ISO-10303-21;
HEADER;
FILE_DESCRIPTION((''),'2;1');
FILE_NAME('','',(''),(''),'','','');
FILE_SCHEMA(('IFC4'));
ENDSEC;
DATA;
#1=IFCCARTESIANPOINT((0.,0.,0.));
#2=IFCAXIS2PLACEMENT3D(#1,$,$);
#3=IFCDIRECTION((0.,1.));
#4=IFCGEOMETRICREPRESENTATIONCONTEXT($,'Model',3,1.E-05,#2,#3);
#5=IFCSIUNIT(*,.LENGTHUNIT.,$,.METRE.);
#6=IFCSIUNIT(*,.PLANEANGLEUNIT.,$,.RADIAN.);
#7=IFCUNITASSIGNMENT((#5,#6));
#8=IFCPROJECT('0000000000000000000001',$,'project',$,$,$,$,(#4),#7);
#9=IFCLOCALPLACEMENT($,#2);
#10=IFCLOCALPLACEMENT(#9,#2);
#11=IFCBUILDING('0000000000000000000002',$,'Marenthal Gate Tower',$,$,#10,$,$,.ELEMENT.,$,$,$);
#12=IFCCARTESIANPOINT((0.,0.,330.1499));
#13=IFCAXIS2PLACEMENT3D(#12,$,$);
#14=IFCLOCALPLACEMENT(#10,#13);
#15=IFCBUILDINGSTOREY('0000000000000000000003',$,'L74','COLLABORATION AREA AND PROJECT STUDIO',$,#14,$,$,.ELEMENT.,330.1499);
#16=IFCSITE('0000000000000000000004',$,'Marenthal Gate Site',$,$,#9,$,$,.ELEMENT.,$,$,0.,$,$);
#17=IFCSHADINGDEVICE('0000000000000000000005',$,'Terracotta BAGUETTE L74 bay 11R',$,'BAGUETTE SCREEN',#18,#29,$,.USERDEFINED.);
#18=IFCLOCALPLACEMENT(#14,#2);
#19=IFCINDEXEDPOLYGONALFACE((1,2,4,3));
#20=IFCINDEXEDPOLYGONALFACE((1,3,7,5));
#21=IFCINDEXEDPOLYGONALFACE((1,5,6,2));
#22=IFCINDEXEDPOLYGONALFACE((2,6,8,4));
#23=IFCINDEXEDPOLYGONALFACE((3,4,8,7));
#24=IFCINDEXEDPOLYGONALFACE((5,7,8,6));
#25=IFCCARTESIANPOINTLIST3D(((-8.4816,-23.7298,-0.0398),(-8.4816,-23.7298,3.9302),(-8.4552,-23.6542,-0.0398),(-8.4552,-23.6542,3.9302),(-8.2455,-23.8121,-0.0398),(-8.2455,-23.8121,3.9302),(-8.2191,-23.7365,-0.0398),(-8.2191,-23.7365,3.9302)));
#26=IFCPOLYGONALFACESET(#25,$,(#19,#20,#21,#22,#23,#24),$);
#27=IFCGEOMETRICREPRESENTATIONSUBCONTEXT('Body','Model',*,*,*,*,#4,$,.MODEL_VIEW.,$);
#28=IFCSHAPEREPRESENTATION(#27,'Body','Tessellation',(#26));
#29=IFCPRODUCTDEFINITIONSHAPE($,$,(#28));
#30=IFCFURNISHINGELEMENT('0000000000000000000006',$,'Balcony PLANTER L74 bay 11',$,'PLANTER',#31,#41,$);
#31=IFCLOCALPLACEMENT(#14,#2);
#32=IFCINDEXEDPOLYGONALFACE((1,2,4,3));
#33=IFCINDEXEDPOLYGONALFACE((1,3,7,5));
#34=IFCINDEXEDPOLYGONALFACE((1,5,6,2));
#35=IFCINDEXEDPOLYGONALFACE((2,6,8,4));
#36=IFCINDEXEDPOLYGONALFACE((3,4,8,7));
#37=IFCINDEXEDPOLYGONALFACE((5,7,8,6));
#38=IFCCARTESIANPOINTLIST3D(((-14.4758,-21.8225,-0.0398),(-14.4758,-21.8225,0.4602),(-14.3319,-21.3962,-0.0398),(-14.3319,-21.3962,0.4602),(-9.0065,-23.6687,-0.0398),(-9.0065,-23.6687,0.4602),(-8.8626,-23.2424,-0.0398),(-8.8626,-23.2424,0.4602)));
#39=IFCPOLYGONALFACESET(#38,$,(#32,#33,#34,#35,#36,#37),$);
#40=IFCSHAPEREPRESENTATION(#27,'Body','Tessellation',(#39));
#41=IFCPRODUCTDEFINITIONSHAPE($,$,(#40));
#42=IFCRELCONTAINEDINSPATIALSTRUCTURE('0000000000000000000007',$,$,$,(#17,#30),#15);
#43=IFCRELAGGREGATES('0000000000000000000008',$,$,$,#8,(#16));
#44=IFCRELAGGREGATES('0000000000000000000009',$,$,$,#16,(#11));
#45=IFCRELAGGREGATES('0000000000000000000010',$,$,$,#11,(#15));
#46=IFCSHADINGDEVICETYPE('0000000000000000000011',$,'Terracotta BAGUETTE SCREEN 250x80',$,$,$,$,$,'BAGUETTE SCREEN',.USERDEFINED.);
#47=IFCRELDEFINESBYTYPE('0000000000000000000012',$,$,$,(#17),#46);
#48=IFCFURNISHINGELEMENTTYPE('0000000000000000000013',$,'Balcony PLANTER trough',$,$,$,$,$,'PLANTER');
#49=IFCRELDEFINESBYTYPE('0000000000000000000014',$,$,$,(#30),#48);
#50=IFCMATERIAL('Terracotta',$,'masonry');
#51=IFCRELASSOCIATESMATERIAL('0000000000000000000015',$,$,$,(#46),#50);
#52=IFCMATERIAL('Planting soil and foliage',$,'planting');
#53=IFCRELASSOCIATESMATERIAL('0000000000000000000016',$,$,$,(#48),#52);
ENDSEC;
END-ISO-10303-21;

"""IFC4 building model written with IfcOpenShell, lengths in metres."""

from ifc_helpers import new_model, si_unit, direction, frame, origin, origin_2d, place, context, subcontext, project, spatial, rectangle, extrude, material, material_profile, profile_set, type_object, element, save


model = new_model("IFC4")

# Units and contexts
model_context = context("Model", 3, precision=1e-05, world=origin(), true_north=direction((0.0, 1.0)))
body_context = subcontext(model_context, "Body", "Model", "MODEL_VIEW")
ifc_project = project(units=[si_unit("LENGTHUNIT", "METRE"), si_unit("PLANEANGLEUNIT", "RADIAN")], contexts=[model_context])

# Site, building, storey
site_placement = place(None, origin())
site = spatial("IfcSite", under=ifc_project, at=site_placement, Name="Marenthal Gate Site", CompositionType="ELEMENT", RefElevation=0.0)
building_placement = place(site_placement, origin())
building = spatial("IfcBuilding", under=site, at=building_placement, Name="Marenthal Gate Tower", CompositionType="ELEMENT")
storey_placement = place(building_placement, frame((0.0, 0.0, 330.1499)))
storey = spatial("IfcBuildingStorey", under=building, at=storey_placement, Name="L74", Description="COLLABORATION AREA AND PROJECT STUDIO", CompositionType="ELEMENT", Elevation=330.1499)

# Shading device
ifc_material_1 = material(Name="Terracotta", Category="masonry")
ifc_material_profile_1 = material_profile(ifc_material_1, rectangle(XDim=0.25, YDim=0.0801, at=origin_2d()), Name="Terracotta baguette 250x80")
ifc_profile_set_1 = profile_set([ifc_material_profile_1], Name="Terracotta")
shading_device_type = type_object("IfcShadingDeviceType", Name="Terracotta BAGUETTE SCREEN 250x80", ElementType="BAGUETTE SCREEN", PredefinedType="USERDEFINED", material=ifc_profile_set_1)
shading_device_placement = place(storey_placement, frame((-8.3503, -23.7332, -0.0398), z_axis=(0.0, 0.0, 1.0), x_axis=(0.944214, -0.329333, 0.0)))
element("IfcShadingDevice", 1, at=shading_device_placement, inside=storey, type_object=shading_device_type, Name="Terracotta BAGUETTE L74 bay 11R", ObjectType="BAGUETTE SCREEN", PredefinedType="USERDEFINED", context=body_context, shape_type="SweptSolid", body=[
    extrude(rectangle(XDim=0.25, YDim=0.0801, at=origin_2d()), origin(), (0.0, 0.0, 1.0), 3.97),
])

# Furnishing element
ifc_material_2 = material(Name="Planting soil and foliage", Category="planting")
furnishing_element_type = type_object("IfcFurnishingElementType", Name="Balcony PLANTER trough", ElementType="PLANTER", material=ifc_material_2)
furnishing_placement = place(storey_placement, frame((-11.6692, -22.5325, -0.0398), z_axis=(0.0, 0.0, 1.0), x_axis=(0.947473, -0.319835, 0.0)))
element("IfcFurnishingElement", 2, at=furnishing_placement, inside=storey, type_object=furnishing_element_type, Name="Balcony PLANTER L74 bay 11", ObjectType="PLANTER", context=body_context, shape_type="SweptSolid", body=[
    extrude(rectangle(XDim=5.7725, YDim=0.45, at=origin_2d()), origin(), (0.0, 0.0, 1.0), 0.5),
])

save(model, "model.ifc")
